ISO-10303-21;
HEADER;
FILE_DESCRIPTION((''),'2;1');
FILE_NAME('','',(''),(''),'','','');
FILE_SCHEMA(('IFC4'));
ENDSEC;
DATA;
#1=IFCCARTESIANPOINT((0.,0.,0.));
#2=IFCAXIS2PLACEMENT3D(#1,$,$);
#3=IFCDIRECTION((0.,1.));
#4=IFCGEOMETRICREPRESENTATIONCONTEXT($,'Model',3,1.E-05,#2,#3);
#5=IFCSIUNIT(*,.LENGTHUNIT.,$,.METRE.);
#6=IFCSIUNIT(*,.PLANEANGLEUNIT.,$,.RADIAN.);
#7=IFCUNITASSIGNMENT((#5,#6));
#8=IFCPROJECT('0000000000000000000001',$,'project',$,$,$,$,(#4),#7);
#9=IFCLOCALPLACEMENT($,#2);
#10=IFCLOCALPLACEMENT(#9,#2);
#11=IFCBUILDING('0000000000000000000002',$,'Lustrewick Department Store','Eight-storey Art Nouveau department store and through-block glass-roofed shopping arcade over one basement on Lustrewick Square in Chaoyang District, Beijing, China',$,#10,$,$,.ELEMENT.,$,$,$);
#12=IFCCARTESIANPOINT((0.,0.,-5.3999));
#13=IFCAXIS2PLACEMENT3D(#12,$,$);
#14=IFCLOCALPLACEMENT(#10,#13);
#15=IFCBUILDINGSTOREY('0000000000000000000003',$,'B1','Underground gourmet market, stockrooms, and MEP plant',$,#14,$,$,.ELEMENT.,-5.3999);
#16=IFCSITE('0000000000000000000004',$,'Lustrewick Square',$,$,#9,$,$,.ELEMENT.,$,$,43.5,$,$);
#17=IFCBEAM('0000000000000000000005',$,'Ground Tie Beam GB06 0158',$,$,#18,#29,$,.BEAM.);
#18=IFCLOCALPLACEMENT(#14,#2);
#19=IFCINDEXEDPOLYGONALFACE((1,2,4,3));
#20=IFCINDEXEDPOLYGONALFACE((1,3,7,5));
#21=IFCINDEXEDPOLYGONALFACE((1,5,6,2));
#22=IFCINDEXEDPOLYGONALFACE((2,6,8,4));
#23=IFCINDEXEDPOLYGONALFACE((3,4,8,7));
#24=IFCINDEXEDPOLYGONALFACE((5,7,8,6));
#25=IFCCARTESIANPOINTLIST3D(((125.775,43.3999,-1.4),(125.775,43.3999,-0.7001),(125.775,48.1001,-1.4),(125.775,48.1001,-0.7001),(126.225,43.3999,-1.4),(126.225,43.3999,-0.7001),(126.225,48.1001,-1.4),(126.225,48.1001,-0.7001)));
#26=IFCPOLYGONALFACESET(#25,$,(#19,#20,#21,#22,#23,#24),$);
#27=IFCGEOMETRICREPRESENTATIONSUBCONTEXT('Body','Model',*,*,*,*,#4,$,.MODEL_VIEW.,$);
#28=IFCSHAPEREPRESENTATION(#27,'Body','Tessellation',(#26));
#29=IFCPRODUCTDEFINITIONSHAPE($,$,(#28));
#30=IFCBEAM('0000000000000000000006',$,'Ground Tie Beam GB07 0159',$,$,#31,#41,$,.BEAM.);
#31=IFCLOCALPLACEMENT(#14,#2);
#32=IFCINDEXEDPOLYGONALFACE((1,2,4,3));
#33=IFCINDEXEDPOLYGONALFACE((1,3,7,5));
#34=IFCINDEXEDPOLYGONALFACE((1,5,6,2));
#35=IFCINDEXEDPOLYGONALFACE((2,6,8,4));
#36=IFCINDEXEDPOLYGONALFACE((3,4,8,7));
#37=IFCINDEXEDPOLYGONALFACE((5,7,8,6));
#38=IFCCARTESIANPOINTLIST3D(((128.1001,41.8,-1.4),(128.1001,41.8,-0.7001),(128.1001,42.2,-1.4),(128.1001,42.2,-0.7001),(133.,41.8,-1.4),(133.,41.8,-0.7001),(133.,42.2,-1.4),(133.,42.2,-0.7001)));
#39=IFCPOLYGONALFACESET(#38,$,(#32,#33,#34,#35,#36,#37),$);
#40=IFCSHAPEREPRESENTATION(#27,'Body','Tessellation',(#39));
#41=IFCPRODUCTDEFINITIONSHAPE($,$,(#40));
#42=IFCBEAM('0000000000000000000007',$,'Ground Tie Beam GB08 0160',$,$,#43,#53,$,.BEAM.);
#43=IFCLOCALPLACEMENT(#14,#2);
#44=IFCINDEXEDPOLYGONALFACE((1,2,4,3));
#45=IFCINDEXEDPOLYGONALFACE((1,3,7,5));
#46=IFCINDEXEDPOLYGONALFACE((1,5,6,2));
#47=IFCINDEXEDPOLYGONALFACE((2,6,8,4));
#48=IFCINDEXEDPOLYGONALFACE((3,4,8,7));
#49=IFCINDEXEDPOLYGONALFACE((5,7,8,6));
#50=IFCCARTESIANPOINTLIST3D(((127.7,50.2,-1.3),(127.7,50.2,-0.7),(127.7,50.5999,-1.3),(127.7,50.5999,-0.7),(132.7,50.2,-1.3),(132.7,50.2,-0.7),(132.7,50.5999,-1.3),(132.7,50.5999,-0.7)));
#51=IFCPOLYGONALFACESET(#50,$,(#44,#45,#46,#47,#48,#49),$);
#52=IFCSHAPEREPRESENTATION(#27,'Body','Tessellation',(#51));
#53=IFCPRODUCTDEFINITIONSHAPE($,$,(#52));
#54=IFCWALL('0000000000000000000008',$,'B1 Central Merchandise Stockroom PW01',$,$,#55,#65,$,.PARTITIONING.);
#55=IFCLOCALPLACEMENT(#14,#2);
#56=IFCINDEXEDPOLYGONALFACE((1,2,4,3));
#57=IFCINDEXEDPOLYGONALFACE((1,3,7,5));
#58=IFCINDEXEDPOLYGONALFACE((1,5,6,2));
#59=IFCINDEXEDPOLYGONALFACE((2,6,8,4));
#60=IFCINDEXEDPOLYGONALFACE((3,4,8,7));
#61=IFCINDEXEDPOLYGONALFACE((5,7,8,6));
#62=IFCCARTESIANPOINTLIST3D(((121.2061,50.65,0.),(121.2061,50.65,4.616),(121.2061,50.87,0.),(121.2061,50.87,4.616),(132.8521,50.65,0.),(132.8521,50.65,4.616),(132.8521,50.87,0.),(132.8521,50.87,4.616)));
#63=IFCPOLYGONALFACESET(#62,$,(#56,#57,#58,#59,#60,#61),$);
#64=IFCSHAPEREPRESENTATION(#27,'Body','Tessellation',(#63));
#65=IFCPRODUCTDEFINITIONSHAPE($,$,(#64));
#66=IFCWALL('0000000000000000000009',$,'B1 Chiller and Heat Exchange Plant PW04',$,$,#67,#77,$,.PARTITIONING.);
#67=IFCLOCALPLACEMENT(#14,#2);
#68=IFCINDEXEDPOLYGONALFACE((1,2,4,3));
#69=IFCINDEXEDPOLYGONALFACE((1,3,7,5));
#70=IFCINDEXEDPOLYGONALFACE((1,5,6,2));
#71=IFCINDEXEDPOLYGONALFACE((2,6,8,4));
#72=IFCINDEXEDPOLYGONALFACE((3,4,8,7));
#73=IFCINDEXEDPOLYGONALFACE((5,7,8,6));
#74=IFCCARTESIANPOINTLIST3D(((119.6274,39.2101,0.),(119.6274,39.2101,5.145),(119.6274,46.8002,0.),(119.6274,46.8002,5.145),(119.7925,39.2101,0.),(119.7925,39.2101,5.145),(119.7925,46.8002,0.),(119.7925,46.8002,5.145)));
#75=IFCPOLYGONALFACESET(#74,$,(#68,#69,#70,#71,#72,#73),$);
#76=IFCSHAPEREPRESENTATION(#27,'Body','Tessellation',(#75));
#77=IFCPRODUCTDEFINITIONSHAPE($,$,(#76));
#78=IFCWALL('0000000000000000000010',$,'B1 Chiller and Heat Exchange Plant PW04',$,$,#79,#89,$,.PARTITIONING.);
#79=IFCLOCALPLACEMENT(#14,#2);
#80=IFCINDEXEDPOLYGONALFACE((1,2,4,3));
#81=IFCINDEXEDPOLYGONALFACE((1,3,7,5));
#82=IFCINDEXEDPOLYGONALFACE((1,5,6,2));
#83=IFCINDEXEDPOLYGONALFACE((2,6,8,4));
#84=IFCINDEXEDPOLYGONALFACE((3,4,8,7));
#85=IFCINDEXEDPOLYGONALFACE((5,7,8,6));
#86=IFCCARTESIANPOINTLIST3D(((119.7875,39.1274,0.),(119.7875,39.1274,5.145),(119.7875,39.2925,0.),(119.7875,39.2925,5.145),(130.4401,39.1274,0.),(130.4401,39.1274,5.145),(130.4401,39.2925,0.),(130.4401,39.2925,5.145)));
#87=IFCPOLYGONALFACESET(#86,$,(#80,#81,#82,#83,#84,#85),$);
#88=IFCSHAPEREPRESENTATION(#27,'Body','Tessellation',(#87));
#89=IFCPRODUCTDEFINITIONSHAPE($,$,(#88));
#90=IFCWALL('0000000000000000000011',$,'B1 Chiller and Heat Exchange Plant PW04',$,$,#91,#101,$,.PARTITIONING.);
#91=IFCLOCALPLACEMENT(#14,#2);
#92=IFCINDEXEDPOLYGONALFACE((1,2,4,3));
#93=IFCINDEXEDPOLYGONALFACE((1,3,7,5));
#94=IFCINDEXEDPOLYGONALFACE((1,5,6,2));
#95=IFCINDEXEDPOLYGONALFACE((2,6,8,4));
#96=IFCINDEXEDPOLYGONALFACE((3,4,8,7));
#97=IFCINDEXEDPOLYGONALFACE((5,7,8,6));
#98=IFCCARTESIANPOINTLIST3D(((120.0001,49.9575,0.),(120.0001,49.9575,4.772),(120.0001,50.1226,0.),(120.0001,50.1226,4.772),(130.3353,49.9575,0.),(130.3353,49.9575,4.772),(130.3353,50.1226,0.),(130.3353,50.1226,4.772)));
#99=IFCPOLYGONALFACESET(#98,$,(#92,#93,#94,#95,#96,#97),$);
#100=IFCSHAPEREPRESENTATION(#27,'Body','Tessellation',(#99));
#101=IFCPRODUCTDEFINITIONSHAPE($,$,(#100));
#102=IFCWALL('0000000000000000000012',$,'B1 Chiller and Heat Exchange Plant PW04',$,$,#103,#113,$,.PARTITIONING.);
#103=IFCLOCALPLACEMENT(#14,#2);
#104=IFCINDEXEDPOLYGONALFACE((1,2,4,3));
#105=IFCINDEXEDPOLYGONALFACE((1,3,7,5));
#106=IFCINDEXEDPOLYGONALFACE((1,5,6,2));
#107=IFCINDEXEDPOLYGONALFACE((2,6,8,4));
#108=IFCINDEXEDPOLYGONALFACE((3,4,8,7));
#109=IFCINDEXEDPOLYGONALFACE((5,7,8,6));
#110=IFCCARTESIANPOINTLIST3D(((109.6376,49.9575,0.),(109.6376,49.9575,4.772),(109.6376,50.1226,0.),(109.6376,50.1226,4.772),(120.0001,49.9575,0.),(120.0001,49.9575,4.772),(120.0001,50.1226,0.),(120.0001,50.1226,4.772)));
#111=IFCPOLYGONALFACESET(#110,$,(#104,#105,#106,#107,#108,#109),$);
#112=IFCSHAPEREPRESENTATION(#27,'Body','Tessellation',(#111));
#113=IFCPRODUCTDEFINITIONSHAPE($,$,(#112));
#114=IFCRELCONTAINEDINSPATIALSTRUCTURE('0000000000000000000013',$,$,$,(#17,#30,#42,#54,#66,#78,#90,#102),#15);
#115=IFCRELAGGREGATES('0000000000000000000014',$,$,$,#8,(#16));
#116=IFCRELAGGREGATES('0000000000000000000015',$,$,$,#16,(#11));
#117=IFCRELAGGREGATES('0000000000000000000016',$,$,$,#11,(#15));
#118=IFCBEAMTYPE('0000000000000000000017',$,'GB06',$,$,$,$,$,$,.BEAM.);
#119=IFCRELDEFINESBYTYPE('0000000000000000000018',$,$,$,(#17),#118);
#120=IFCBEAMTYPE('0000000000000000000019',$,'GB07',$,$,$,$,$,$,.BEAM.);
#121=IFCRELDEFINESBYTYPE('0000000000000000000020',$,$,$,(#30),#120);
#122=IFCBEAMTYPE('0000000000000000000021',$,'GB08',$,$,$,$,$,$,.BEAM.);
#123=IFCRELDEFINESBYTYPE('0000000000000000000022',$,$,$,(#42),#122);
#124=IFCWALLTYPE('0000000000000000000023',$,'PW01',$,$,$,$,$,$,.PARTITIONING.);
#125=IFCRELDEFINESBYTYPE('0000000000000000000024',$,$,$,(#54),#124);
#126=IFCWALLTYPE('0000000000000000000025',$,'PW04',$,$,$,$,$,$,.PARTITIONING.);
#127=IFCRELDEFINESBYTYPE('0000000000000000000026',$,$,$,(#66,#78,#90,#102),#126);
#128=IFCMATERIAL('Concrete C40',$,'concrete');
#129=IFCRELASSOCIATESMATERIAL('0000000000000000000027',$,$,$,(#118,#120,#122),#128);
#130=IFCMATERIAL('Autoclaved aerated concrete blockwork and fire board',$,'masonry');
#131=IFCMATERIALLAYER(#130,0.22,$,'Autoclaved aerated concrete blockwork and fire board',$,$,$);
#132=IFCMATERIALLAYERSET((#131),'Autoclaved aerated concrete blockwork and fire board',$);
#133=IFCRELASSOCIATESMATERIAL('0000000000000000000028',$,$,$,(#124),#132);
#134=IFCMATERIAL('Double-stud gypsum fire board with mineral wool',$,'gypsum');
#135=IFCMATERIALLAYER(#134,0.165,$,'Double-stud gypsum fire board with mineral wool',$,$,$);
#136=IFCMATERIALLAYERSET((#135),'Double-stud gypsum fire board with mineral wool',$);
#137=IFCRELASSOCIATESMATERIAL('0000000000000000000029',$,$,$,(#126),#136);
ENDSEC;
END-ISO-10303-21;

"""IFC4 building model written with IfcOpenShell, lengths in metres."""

from ifc_helpers import new_model, si_unit, direction, frame, frame_2d, origin, origin_2d, place, context, subcontext, project, spatial, rectangle, extrude, material, layer, layer_set, material_profile, profile_set, type_object, element, save


model = new_model("IFC4")

# Units and contexts
model_context = context("Model", 3, precision=1e-05, world=origin(), true_north=direction((0.0, 1.0)))
body_context = subcontext(model_context, "Body", "Model", "MODEL_VIEW")
ifc_project = project(units=[si_unit("LENGTHUNIT", "METRE"), si_unit("PLANEANGLEUNIT", "RADIAN")], contexts=[model_context])

# Site, building, storey
site_placement = place(None, origin())
site = spatial("IfcSite", under=ifc_project, at=site_placement, Name="Lustrewick Square", CompositionType="ELEMENT", RefElevation=43.5)
building_placement = place(site_placement, origin())
building = spatial("IfcBuilding", under=site, at=building_placement, Name="Lustrewick Department Store", Description="Eight-storey Art Nouveau department store and through-block glass-roofed shopping arcade over one basement on Lustrewick Square in Chaoyang District, Beijing, China", CompositionType="ELEMENT")
storey_placement = place(building_placement, frame((0.0, 0.0, -5.3999)))
storey = spatial("IfcBuildingStorey", under=building, at=storey_placement, Name="B1", Description="Underground gourmet market, stockrooms, and MEP plant", CompositionType="ELEMENT", Elevation=-5.3999)

# Shared definitions
ifc_material_1 = material(Name="Concrete C40", Category="concrete")

# Beams
ifc_material_profile_1 = material_profile(ifc_material_1, rectangle(XDim=0.45, YDim=0.7, at=origin_2d()), Name="RC 450x700")
ifc_profile_set_1 = profile_set([ifc_material_profile_1], Name="Concrete C40")
beam_type_1 = type_object("IfcBeamType", Name="GB06", PredefinedType="BEAM", material=ifc_profile_set_1)
beam_1_placement = place(storey_placement, frame((126.0, 43.3999, -1.05), z_axis=(0.0, 1.0, 0.0), x_axis=(-1.0, 0.0, 0.0)))
element("IfcBeam", 1, at=beam_1_placement, inside=storey, type_object=beam_type_1, Name="Ground Tie Beam GB06 0158", PredefinedType="BEAM", context=body_context, shape_type="SweptSolid", body=[
    extrude(rectangle(XDim=0.45, YDim=0.7, at=origin_2d()), origin(), (0.0, 0.0, 1.0), 4.7002),
])
ifc_material_profile_2 = material_profile(ifc_material_1, rectangle(XDim=0.3999, YDim=0.7, at=origin_2d()), Name="RC 400x700")
ifc_profile_set_2 = profile_set([ifc_material_profile_2], Name="Concrete C40")
beam_type_2 = type_object("IfcBeamType", Name="GB07", PredefinedType="BEAM", material=ifc_profile_set_2)
beam_2_placement = place(storey_placement, frame((128.1001, 42.0, -1.05), z_axis=(1.0, 0.0, 0.0), x_axis=(0.0, 1.0, 0.0)))
element("IfcBeam", 2, at=beam_2_placement, inside=storey, type_object=beam_type_2, Name="Ground Tie Beam GB07 0159", PredefinedType="BEAM", context=body_context, shape_type="SweptSolid", body=[
    extrude(rectangle(XDim=0.3999, YDim=0.7, at=origin_2d()), origin(), (0.0, 0.0, 1.0), 4.8999),
])
ifc_material_profile_3 = material_profile(ifc_material_1, rectangle(XDim=0.3999, YDim=0.6001, at=origin_2d()), Name="RC 400x600")
ifc_profile_set_3 = profile_set([ifc_material_profile_3], Name="Concrete C40")
beam_type_3 = type_object("IfcBeamType", Name="GB08", PredefinedType="BEAM", material=ifc_profile_set_3)
beam_3_placement = place(storey_placement, frame((127.7, 50.3999, -1.0), z_axis=(1.0, 0.0, 0.0), x_axis=(0.0, 1.0, 0.0)))
element("IfcBeam", 3, at=beam_3_placement, inside=storey, type_object=beam_type_3, Name="Ground Tie Beam GB08 0160", PredefinedType="BEAM", context=body_context, shape_type="SweptSolid", body=[
    extrude(rectangle(XDim=0.3999, YDim=0.6001, at=origin_2d()), origin(), (0.0, 0.0, 1.0), 5.0),
])

# Walls
ifc_material_2 = material(Name="Autoclaved aerated concrete blockwork and fire board", Category="masonry")
ifc_layer_1 = layer(ifc_material_2, 0.22, Name="Autoclaved aerated concrete blockwork and fire board")
ifc_layer_set_1 = layer_set([ifc_layer_1], Name="Autoclaved aerated concrete blockwork and fire board")
wall_type_1 = type_object("IfcWallType", Name="PW01", PredefinedType="PARTITIONING", material=ifc_layer_set_1)
wall_1_placement = place(storey_placement, frame((121.2061, 50.76, 0.0), z_axis=(0.0, 0.0, 1.0), x_axis=(1.0, 0.0, 0.0)))
element("IfcWall", 4, at=wall_1_placement, inside=storey, type_object=wall_type_1, Name="B1 Central Merchandise Stockroom PW01", PredefinedType="PARTITIONING", context=body_context, shape_type="SweptSolid", body=[
    extrude(rectangle(XDim=11.646, YDim=0.22, at=frame_2d((5.823, 0.0))), origin(), (0.0, 0.0, 1.0), 4.616),
])
ifc_material_3 = material(Name="Double-stud gypsum fire board with mineral wool", Category="gypsum")
ifc_layer_2 = layer(ifc_material_3, 0.165, Name="Double-stud gypsum fire board with mineral wool")
ifc_layer_set_2 = layer_set([ifc_layer_2], Name="Double-stud gypsum fire board with mineral wool")
wall_type_2 = type_object("IfcWallType", Name="PW04", PredefinedType="PARTITIONING", material=ifc_layer_set_2)
wall_2_placement = place(storey_placement, frame((119.71, 46.8, 0.0), z_axis=(0.0, 0.0, 1.0), x_axis=(0.0, -1.0, 0.0)))
element("IfcWall", 5, at=wall_2_placement, inside=storey, type_object=wall_type_2, Name="B1 Chiller and Heat Exchange Plant PW04", PredefinedType="PARTITIONING", context=body_context, shape_type="SweptSolid", body=[
    extrude(rectangle(XDim=7.5901, YDim=0.165, at=frame_2d((3.7949, 0.0))), origin(), (0.0, 0.0, 1.0), 5.145),
])
wall_3_placement = place(storey_placement, frame((119.7876, 39.21, 0.0), z_axis=(0.0, 0.0, 1.0), x_axis=(1.0, 0.0, 0.0)))
element("IfcWall", 6, at=wall_3_placement, inside=storey, type_object=wall_type_2, Name="B1 Chiller and Heat Exchange Plant PW04", PredefinedType="PARTITIONING", context=body_context, shape_type="SweptSolid", body=[
    extrude(rectangle(XDim=10.6526, YDim=0.165, at=frame_2d((5.3262, 0.0))), origin(), (0.0, 0.0, 1.0), 5.145),
])
wall_4_placement = place(storey_placement, frame((130.3352, 50.04, 0.0), z_axis=(0.0, 0.0, 1.0), x_axis=(-1.0, 0.0, 0.0)))
element("IfcWall", 7, at=wall_4_placement, inside=storey, type_object=wall_type_2, Name="B1 Chiller and Heat Exchange Plant PW04", PredefinedType="PARTITIONING", context=body_context, shape_type="SweptSolid", body=[
    extrude(rectangle(XDim=10.3352, YDim=0.165, at=frame_2d((5.1675, 0.0))), origin(), (0.0, 0.0, 1.0), 4.772),
])
wall_5_placement = place(storey_placement, frame((120.0, 50.04, 0.0), z_axis=(0.0, 0.0, 1.0), x_axis=(-1.0, 0.0, 0.0)))
element("IfcWall", 8, at=wall_5_placement, inside=storey, type_object=wall_type_2, Name="B1 Chiller and Heat Exchange Plant PW04", PredefinedType="PARTITIONING", context=body_context, shape_type="SweptSolid", body=[
    extrude(rectangle(XDim=10.3625, YDim=0.165, at=frame_2d((5.1812, 0.0))), origin(), (0.0, 0.0, 1.0), 4.772),
])

save(model, "model.ifc")
